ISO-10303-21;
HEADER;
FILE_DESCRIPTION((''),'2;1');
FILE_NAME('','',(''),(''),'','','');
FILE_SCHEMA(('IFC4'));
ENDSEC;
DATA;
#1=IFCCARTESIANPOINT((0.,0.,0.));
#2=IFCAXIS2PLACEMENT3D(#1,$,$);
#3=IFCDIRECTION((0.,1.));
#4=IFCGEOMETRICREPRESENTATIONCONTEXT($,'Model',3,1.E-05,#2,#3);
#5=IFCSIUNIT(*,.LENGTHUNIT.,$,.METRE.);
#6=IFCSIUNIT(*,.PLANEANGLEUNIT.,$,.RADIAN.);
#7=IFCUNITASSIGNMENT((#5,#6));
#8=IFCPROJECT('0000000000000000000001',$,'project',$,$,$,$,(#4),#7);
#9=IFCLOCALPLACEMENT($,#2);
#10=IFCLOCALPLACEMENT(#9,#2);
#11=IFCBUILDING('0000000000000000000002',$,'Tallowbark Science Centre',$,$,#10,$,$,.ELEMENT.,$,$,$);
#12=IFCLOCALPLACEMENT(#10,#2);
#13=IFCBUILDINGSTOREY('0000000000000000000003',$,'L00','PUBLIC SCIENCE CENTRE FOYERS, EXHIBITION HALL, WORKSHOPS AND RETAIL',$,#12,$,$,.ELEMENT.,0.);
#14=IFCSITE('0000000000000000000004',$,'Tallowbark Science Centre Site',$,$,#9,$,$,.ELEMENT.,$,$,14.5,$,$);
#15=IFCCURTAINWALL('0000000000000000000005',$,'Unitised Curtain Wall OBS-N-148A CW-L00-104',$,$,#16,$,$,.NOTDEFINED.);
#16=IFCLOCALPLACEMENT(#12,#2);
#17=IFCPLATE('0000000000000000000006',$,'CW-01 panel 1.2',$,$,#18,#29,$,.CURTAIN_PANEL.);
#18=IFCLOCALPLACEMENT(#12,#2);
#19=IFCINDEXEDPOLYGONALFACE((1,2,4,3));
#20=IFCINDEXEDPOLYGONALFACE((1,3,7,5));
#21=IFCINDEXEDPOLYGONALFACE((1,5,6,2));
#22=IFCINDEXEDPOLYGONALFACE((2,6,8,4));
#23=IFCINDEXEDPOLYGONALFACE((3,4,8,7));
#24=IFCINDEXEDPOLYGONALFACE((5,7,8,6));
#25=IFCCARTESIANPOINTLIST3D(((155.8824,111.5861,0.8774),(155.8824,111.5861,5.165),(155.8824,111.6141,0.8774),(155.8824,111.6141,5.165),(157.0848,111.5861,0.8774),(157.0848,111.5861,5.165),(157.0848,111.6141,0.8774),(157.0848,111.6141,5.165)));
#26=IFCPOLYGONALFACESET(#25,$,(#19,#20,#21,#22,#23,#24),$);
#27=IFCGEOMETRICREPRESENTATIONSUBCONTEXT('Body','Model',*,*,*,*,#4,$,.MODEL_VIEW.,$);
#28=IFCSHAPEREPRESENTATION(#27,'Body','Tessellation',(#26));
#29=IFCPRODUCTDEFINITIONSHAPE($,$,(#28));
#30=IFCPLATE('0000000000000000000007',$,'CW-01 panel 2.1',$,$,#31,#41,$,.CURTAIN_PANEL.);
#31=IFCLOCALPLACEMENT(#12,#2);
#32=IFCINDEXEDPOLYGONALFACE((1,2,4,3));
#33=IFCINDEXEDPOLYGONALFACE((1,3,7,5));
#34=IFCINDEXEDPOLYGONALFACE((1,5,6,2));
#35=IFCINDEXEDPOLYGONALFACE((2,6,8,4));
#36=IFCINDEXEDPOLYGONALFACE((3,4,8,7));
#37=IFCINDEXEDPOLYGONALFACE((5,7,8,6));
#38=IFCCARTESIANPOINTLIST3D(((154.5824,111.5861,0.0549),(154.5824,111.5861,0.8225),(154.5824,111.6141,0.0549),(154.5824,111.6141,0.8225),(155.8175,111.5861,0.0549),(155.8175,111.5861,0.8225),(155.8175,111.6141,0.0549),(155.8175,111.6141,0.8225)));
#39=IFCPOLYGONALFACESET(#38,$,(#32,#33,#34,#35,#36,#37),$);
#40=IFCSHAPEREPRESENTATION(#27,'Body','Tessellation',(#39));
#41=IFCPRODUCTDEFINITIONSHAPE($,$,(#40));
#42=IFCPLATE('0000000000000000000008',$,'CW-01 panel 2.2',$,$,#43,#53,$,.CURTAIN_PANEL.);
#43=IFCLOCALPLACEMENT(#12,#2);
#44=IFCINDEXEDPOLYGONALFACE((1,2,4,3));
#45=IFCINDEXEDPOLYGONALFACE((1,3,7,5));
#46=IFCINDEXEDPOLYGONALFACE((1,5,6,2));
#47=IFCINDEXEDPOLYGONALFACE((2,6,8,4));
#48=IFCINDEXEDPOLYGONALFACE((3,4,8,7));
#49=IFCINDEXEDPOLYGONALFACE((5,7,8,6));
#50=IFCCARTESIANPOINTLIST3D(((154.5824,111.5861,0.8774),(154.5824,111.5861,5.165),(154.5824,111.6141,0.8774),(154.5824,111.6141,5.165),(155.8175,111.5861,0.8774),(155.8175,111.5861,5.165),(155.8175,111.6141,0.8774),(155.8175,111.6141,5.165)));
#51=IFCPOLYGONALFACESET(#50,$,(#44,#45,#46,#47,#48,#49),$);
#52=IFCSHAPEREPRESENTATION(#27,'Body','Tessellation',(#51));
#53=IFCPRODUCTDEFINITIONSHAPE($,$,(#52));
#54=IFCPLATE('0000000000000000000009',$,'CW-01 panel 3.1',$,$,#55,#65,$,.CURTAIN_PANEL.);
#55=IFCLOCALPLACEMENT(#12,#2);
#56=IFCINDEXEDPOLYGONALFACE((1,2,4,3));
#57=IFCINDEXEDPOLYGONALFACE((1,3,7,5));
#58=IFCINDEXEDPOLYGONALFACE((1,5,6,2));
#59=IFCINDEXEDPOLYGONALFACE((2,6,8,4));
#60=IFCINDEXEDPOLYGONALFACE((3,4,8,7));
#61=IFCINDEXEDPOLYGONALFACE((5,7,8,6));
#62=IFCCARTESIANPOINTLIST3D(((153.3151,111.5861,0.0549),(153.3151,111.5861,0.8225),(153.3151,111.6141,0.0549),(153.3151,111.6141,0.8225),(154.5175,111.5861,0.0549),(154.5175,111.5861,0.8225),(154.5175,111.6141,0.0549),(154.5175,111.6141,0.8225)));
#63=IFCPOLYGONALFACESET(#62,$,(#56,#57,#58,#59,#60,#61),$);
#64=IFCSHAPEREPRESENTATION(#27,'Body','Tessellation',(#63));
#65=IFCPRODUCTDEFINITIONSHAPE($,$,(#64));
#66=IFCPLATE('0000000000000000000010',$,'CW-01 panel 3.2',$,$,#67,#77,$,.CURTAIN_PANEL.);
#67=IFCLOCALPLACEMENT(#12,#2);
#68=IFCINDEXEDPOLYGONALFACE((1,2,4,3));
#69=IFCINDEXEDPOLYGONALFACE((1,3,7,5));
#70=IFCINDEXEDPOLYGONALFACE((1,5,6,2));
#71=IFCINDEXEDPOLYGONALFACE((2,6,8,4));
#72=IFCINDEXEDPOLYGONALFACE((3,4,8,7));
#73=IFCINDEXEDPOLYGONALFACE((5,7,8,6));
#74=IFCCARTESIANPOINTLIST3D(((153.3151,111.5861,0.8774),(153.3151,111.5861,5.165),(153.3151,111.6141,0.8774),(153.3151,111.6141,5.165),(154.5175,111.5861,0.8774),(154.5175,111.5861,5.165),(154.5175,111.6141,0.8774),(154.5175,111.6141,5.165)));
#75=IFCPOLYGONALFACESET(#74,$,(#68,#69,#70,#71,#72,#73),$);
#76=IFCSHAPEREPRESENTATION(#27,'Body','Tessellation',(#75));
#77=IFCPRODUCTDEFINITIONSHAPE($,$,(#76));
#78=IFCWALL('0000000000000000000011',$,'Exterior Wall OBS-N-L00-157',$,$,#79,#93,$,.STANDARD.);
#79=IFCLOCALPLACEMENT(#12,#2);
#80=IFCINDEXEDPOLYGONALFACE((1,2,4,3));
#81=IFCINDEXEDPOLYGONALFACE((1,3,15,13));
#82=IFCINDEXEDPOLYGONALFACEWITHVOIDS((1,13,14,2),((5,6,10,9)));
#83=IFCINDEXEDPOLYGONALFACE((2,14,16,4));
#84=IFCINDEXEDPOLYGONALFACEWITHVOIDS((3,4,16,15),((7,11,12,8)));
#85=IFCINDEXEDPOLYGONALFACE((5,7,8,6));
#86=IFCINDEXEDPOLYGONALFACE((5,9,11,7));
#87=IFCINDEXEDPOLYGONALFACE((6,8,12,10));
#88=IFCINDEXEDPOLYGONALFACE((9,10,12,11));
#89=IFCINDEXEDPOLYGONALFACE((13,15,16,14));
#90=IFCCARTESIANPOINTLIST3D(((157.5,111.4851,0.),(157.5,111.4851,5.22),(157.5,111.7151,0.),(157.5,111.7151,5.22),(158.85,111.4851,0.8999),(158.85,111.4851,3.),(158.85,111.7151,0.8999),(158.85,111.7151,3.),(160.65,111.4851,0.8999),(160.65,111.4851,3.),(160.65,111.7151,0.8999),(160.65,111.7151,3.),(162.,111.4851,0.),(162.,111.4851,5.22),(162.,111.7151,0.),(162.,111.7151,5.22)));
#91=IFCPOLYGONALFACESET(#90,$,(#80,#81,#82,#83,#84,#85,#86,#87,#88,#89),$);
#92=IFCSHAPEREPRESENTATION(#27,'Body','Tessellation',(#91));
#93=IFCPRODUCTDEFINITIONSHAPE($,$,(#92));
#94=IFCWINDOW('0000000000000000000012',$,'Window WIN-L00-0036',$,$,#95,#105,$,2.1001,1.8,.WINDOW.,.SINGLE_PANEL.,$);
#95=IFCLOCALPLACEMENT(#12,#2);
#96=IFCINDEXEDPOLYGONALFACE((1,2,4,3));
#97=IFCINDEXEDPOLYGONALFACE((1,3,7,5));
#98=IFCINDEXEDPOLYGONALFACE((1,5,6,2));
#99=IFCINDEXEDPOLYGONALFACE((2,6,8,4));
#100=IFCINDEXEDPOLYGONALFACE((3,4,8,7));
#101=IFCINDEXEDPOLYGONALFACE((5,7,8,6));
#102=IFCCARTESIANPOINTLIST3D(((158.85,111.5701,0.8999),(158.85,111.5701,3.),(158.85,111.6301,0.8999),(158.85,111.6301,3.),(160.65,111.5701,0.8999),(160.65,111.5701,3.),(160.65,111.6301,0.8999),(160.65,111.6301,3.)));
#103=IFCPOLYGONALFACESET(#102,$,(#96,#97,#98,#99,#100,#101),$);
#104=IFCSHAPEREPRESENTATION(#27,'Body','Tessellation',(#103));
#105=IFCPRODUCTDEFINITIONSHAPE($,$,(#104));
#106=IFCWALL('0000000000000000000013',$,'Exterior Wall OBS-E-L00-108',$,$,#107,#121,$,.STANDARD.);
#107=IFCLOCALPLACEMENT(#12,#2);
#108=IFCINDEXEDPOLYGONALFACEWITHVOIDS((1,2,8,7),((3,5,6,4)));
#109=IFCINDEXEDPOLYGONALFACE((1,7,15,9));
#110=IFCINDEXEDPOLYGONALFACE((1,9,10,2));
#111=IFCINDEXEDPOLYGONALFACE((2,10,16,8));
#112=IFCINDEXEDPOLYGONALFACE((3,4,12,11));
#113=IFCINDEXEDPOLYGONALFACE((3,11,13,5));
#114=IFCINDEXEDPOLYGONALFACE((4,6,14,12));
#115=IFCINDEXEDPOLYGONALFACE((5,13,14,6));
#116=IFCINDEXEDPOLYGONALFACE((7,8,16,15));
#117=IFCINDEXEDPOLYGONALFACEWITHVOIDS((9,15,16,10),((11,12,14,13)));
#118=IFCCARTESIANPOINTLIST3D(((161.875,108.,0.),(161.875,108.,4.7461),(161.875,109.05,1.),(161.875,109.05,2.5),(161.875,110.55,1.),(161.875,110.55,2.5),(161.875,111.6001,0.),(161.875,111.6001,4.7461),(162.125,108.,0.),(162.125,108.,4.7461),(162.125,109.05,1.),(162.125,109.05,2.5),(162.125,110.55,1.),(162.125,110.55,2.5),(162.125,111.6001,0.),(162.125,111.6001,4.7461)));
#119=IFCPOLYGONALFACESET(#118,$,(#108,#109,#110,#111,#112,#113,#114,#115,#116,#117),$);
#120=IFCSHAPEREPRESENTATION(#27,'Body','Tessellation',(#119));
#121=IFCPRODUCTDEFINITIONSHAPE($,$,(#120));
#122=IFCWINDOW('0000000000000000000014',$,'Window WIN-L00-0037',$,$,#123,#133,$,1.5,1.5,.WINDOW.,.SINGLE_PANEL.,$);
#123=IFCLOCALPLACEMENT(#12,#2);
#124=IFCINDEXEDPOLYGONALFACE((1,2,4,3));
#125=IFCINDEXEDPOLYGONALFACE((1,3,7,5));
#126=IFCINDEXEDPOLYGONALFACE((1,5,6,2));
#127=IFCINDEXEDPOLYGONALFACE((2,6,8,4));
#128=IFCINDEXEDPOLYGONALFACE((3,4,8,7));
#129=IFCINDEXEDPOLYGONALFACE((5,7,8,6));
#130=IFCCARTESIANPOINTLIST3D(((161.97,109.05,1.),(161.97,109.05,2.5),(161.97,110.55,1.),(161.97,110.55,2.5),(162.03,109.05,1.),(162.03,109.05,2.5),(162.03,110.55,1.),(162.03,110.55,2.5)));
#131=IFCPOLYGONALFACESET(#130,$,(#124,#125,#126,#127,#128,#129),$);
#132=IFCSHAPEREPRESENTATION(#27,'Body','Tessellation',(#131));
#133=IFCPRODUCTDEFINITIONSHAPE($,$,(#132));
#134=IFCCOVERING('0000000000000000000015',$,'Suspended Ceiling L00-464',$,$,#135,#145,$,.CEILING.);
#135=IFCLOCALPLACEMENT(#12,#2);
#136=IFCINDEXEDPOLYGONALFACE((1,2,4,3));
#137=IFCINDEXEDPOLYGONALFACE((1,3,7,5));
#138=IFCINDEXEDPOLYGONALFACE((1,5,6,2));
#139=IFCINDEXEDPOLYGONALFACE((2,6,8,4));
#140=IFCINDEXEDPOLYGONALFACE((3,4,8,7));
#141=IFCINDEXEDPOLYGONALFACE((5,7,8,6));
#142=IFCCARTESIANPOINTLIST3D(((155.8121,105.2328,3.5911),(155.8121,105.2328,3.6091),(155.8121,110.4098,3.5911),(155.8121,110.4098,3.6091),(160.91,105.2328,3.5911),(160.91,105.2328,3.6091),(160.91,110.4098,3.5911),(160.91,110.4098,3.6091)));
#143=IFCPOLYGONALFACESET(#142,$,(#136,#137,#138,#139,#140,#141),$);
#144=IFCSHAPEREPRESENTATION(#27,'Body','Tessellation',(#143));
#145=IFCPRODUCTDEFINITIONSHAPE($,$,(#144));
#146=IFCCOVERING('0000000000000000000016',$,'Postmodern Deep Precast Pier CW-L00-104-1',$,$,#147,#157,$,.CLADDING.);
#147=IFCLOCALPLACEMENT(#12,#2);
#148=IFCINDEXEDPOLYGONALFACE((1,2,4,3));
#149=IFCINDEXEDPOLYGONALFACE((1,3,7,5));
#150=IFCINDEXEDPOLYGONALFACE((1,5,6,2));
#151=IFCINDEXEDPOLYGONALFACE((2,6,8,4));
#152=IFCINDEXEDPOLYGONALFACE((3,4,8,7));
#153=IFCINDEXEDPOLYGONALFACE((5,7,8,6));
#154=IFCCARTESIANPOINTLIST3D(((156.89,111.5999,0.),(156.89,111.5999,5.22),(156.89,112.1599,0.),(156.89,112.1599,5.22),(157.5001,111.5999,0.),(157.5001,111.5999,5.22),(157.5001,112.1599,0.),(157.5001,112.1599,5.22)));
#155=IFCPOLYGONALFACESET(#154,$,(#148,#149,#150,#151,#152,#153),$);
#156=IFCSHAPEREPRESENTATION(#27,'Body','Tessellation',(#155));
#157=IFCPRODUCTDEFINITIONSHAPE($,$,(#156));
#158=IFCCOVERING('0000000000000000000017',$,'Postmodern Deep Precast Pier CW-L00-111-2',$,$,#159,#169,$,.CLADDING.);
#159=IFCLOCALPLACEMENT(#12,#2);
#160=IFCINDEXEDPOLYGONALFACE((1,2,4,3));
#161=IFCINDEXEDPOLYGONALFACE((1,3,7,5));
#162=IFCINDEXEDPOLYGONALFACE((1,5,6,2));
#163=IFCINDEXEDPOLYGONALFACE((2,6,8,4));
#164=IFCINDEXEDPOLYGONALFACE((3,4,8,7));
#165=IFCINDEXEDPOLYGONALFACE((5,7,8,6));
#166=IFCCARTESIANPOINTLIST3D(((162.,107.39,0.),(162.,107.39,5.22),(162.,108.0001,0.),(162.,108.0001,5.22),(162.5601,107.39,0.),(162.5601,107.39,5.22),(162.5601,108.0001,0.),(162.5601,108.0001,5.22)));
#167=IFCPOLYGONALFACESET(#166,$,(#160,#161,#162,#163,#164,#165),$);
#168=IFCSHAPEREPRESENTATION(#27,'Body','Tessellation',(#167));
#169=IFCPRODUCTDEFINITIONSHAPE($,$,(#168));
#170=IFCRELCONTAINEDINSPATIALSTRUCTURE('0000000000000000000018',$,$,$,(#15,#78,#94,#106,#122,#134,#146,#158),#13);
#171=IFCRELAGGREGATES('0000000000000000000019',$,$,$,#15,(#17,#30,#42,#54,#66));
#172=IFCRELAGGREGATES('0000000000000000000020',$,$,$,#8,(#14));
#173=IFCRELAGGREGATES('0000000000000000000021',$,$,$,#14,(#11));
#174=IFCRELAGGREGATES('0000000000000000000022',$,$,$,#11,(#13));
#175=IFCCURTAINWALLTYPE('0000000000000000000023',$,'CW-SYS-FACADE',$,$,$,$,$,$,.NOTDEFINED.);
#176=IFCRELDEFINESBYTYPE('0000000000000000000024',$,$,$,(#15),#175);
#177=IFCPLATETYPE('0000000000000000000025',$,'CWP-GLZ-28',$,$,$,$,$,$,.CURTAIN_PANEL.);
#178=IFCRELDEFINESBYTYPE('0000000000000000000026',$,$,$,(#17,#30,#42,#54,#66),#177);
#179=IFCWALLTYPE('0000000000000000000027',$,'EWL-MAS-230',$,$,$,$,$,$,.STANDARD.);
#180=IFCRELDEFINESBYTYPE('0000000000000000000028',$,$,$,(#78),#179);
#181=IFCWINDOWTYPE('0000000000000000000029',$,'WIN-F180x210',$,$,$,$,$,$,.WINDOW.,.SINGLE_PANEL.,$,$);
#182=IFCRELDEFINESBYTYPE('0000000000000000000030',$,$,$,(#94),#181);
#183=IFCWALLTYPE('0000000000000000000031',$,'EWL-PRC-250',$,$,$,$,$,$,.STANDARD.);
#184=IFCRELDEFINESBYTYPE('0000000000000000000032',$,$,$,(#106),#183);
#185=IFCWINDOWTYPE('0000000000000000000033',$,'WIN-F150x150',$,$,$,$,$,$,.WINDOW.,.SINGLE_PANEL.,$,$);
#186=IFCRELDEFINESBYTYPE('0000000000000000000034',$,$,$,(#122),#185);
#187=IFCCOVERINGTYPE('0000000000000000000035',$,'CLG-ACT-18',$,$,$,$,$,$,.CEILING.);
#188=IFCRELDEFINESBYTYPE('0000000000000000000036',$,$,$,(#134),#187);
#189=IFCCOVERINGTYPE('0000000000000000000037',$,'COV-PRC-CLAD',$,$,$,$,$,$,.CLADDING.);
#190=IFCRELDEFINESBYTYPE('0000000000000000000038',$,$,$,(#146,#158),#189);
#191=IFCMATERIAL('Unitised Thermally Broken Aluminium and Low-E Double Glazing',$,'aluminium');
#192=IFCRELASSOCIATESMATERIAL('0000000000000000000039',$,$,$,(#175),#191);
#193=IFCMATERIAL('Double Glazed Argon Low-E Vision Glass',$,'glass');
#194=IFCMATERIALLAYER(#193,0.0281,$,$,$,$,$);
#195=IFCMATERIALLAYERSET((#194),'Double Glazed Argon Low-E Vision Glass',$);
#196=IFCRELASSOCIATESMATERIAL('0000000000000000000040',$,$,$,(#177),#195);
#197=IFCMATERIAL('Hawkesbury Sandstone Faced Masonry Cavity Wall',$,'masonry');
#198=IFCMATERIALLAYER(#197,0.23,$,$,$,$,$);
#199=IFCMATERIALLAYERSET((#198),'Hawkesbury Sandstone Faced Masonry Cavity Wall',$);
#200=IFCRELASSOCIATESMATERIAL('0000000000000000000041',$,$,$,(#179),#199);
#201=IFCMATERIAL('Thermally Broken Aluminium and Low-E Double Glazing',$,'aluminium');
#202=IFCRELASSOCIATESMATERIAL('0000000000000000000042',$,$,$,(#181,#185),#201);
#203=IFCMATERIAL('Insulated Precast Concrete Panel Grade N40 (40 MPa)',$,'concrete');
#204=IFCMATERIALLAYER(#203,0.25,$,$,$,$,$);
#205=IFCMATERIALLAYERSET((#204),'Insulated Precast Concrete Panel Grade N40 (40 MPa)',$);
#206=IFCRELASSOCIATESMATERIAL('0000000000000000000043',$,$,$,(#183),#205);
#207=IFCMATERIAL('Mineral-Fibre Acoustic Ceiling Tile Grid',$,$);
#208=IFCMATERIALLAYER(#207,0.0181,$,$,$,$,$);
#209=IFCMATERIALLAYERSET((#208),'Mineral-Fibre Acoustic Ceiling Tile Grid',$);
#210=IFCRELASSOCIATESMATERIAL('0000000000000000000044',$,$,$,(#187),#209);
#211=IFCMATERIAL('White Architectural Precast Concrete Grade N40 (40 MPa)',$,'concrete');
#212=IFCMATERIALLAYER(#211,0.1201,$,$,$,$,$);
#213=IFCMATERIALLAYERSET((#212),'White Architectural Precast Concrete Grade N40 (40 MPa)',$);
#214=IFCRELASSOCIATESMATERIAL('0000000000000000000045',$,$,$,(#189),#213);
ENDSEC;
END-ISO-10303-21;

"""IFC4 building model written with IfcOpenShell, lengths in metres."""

from ifc_helpers import new_model, si_unit, direction, frame, frame_2d, origin, origin_2d, place, context, subcontext, project, spatial, rectangle, extrude, material, layer, layer_set, type_object, element, fill, aggregate, save


model = new_model("IFC4")

# Units and contexts
model_context = context("Model", 3, precision=1e-05, world=origin(), true_north=direction((0.0, 1.0)))
body_context = subcontext(model_context, "Body", "Model", "MODEL_VIEW")
ifc_project = project(units=[si_unit("LENGTHUNIT", "METRE"), si_unit("PLANEANGLEUNIT", "RADIAN")], contexts=[model_context])

# Site, building, storey
site_placement = place(None, origin())
site = spatial("IfcSite", under=ifc_project, at=site_placement, Name="Tallowbark Science Centre Site", CompositionType="ELEMENT", RefElevation=14.5)
building_placement = place(site_placement, origin())
building = spatial("IfcBuilding", under=site, at=building_placement, Name="Tallowbark Science Centre", CompositionType="ELEMENT")
storey_placement = place(building_placement, origin())
storey = spatial("IfcBuildingStorey", under=building, at=storey_placement, Name="L00", Description="PUBLIC SCIENCE CENTRE FOYERS, EXHIBITION HALL, WORKSHOPS AND RETAIL", CompositionType="ELEMENT", Elevation=0.0)

# Curtain wall
ifc_material_1 = material(Name="Unitised Thermally Broken Aluminium and Low-E Double Glazing", Category="aluminium")
curtain_wall_type = type_object("IfcCurtainWallType", Name="CW-SYS-FACADE", PredefinedType="NOTDEFINED", material=ifc_material_1)
curtain_wall_placement = place(storey_placement, origin())
curtain_wall = element("IfcCurtainWall", 1, at=curtain_wall_placement, inside=storey, type_object=curtain_wall_type, Name="Unitised Curtain Wall OBS-N-148A CW-L00-104", PredefinedType="NOTDEFINED")

# Plates
ifc_material_2 = material(Name="Double Glazed Argon Low-E Vision Glass", Category="glass")
ifc_layer_1 = layer(ifc_material_2, 0.0281)
ifc_layer_set_1 = layer_set([ifc_layer_1], Name="Double Glazed Argon Low-E Vision Glass")
plate_type = type_object("IfcPlateType", Name="CWP-GLZ-28", PredefinedType="CURTAIN_PANEL", material=ifc_layer_set_1)
plate_1_placement = place(storey_placement, frame((156.4836, 111.6001, 0.8774), z_axis=(0.0, 0.0, 1.0), x_axis=(-1.0, 0.0, 0.0)))
plate_1 = element("IfcPlate", 2, at=plate_1_placement, type_object=plate_type, Name="CW-01 panel 1.2", PredefinedType="CURTAIN_PANEL", context=body_context, shape_type="SweptSolid", body=[
    extrude(rectangle(XDim=1.2024, YDim=0.0281, at=origin_2d()), origin(), (0.0, 0.0, 1.0), 4.2876),
])
plate_2_placement = place(storey_placement, frame((155.2, 111.6001, 0.0549), z_axis=(0.0, 0.0, 1.0), x_axis=(-1.0, 0.0, 0.0)))
plate_2 = element("IfcPlate", 3, at=plate_2_placement, type_object=plate_type, Name="CW-01 panel 2.1", PredefinedType="CURTAIN_PANEL", context=body_context, shape_type="SweptSolid", body=[
    extrude(rectangle(XDim=1.2351, YDim=0.0281, at=origin_2d()), origin(), (0.0, 0.0, 1.0), 0.7676),
])
plate_3_placement = place(storey_placement, frame((155.2, 111.6001, 0.8774), z_axis=(0.0, 0.0, 1.0), x_axis=(-1.0, 0.0, 0.0)))
plate_3 = element("IfcPlate", 4, at=plate_3_placement, type_object=plate_type, Name="CW-01 panel 2.2", PredefinedType="CURTAIN_PANEL", context=body_context, shape_type="SweptSolid", body=[
    extrude(rectangle(XDim=1.2351, YDim=0.0281, at=origin_2d()), origin(), (0.0, 0.0, 1.0), 4.2876),
])
plate_4_placement = place(storey_placement, frame((153.9163, 111.6001, 0.0549), z_axis=(0.0, 0.0, 1.0), x_axis=(-1.0, 0.0, 0.0)))
plate_4 = element("IfcPlate", 5, at=plate_4_placement, type_object=plate_type, Name="CW-01 panel 3.1", PredefinedType="CURTAIN_PANEL", context=body_context, shape_type="SweptSolid", body=[
    extrude(rectangle(XDim=1.2024, YDim=0.0281, at=origin_2d()), origin(), (0.0, 0.0, 1.0), 0.7676),
])
plate_5_placement = place(storey_placement, frame((153.9163, 111.6001, 0.8774), z_axis=(0.0, 0.0, 1.0), x_axis=(-1.0, 0.0, 0.0)))
plate_5 = element("IfcPlate", 6, at=plate_5_placement, type_object=plate_type, Name="CW-01 panel 3.2", PredefinedType="CURTAIN_PANEL", context=body_context, shape_type="SweptSolid", body=[
    extrude(rectangle(XDim=1.2024, YDim=0.0281, at=origin_2d()), origin(), (0.0, 0.0, 1.0), 4.2876),
])
aggregate(curtain_wall, [plate_1, plate_2, plate_3, plate_4, plate_5])

# Walls, openings, windows
ifc_material_3 = material(Name="Hawkesbury Sandstone Faced Masonry Cavity Wall", Category="masonry")
ifc_layer_2 = layer(ifc_material_3, 0.23)
ifc_layer_set_2 = layer_set([ifc_layer_2], Name="Hawkesbury Sandstone Faced Masonry Cavity Wall")
wall_type_1 = type_object("IfcWallType", Name="EWL-MAS-230", PredefinedType="STANDARD", material=ifc_layer_set_2)
wall_1_placement = place(storey_placement, frame((162.0, 111.6001, 0.0), z_axis=(0.0, 0.0, 1.0), x_axis=(-1.0, 0.0, 0.0)))
wall_1 = element("IfcWall", 7, at=wall_1_placement, inside=storey, type_object=wall_type_1, Name="Exterior Wall OBS-N-L00-157", PredefinedType="STANDARD", context=body_context, shape_type="SweptSolid", body=[
    extrude(rectangle(XDim=4.5, YDim=0.23, at=frame_2d((2.25, 0.0))), origin(), (0.0, 0.0, 1.0), 5.22),
])
opening_1_placement = place(wall_1_placement, frame((1.3501, 0.0, 0.8999)))
opening_1 = element("IfcOpeningElement", 8, at=opening_1_placement, cuts=wall_1, PredefinedType="OPENING", context=body_context, shape_type="SweptSolid", body=[
    extrude(rectangle(XDim=1.8, YDim=2.1001, at=frame_2d((0.8999, 1.05))), frame((0.0, 0.125, 0.0), z_axis=(0.0, -1.0, 0.0), x_axis=(1.0, 0.0, 0.0)), (0.0, 0.0, 1.0), 0.25),
])
ifc_material_4 = material(Name="Thermally Broken Aluminium and Low-E Double Glazing", Category="aluminium")
window_type_1 = type_object("IfcWindowType", Name="WIN-F180x210", PartitioningType="SINGLE_PANEL", PredefinedType="WINDOW", material=ifc_material_4)
window_1_placement = place(opening_1_placement, origin())
window_1 = element("IfcWindow", 9, at=window_1_placement, inside=storey, type_object=window_type_1, Name="Window WIN-L00-0036", OverallHeight=2.1001, OverallWidth=1.8, PartitioningType="SINGLE_PANEL", PredefinedType="WINDOW", context=body_context, shape_type="SweptSolid", body=[
    extrude(rectangle(XDim=1.8, YDim=2.1001, at=frame_2d((0.8999, 1.05))), frame((0.0, 0.03, 0.0), z_axis=(0.0, -1.0, 0.0), x_axis=(1.0, 0.0, 0.0)), (0.0, 0.0, 1.0), 0.0601),
])
fill(opening_1, window_1)
ifc_material_5 = material(Name="Insulated Precast Concrete Panel Grade N40 (40 MPa)", Category="concrete")
ifc_layer_3 = layer(ifc_material_5, 0.25)
ifc_layer_set_3 = layer_set([ifc_layer_3], Name="Insulated Precast Concrete Panel Grade N40 (40 MPa)")
wall_type_2 = type_object("IfcWallType", Name="EWL-PRC-250", PredefinedType="STANDARD", material=ifc_layer_set_3)
wall_2_placement = place(storey_placement, frame((162.0, 108.0, 0.0), z_axis=(0.0, 0.0, 1.0), x_axis=(0.0, 1.0, 0.0)))
wall_2 = element("IfcWall", 10, at=wall_2_placement, inside=storey, type_object=wall_type_2, Name="Exterior Wall OBS-E-L00-108", PredefinedType="STANDARD", context=body_context, shape_type="SweptSolid", body=[
    extrude(rectangle(XDim=3.6001, YDim=0.25, at=frame_2d((1.8, 0.0))), origin(), (0.0, 0.0, 1.0), 4.7461),
])
opening_2_placement = place(wall_2_placement, frame((1.05, 0.0, 1.0)))
opening_2 = element("IfcOpeningElement", 11, at=opening_2_placement, cuts=wall_2, PredefinedType="OPENING", context=body_context, shape_type="SweptSolid", body=[
    extrude(rectangle(XDim=1.5, YDim=1.5, at=frame_2d((0.75, 0.75))), frame((0.0, 0.135, 0.0), z_axis=(0.0, -1.0, 0.0), x_axis=(1.0, 0.0, 0.0)), (0.0, 0.0, 1.0), 0.27),
])
window_type_2 = type_object("IfcWindowType", Name="WIN-F150x150", PartitioningType="SINGLE_PANEL", PredefinedType="WINDOW", material=ifc_material_4)
window_2_placement = place(opening_2_placement, origin())
window_2 = element("IfcWindow", 12, at=window_2_placement, inside=storey, type_object=window_type_2, Name="Window WIN-L00-0037", OverallHeight=1.5, OverallWidth=1.5, PartitioningType="SINGLE_PANEL", PredefinedType="WINDOW", context=body_context, shape_type="SweptSolid", body=[
    extrude(rectangle(XDim=1.5, YDim=1.5, at=frame_2d((0.75, 0.75))), frame((0.0, 0.03, 0.0), z_axis=(0.0, -1.0, 0.0), x_axis=(1.0, 0.0, 0.0)), (0.0, 0.0, 1.0), 0.0601),
])
fill(opening_2, window_2)

# Coverings
ifc_material_6 = material(Name="Mineral-Fibre Acoustic Ceiling Tile Grid")
ifc_layer_4 = layer(ifc_material_6, 0.0181)
ifc_layer_set_4 = layer_set([ifc_layer_4], Name="Mineral-Fibre Acoustic Ceiling Tile Grid")
covering_type_1 = type_object("IfcCoveringType", Name="CLG-ACT-18", PredefinedType="CEILING", material=ifc_layer_set_4)
covering_1_placement = place(storey_placement, frame((158.3611, 107.8213, 3.5911), z_axis=(0.0, 0.0, 1.0), x_axis=(1.0, 0.0, 0.0)))
element("IfcCovering", 13, at=covering_1_placement, inside=storey, type_object=covering_type_1, Name="Suspended Ceiling L00-464", PredefinedType="CEILING", context=body_context, shape_type="SweptSolid", body=[
    extrude(rectangle(XDim=5.0979, YDim=5.177, at=origin_2d()), origin(), (0.0, 0.0, 1.0), 0.0181),
])
ifc_material_7 = material(Name="White Architectural Precast Concrete Grade N40 (40 MPa)", Category="concrete")
ifc_layer_5 = layer(ifc_material_7, 0.1201)
ifc_layer_set_5 = layer_set([ifc_layer_5], Name="White Architectural Precast Concrete Grade N40 (40 MPa)")
covering_type_2 = type_object("IfcCoveringType", Name="COV-PRC-CLAD", PredefinedType="CLADDING", material=ifc_layer_set_5)
for number, where, z_axis, x_axis, name in (
    (14, (157.1951, 111.8799, 0.0), (0.0, 0.0, 1.0), (-1.0, 0.0, 0.0), "Postmodern Deep Precast Pier CW-L00-104-1"),
    (15, (162.28, 107.6951, 0.0), (0.0, 0.0, 1.0), (0.0, 1.0, 0.0), "Postmodern Deep Precast Pier CW-L00-111-2"),
):
    element("IfcCovering", number, at=place(storey_placement, frame(where, z_axis=z_axis, x_axis=x_axis)), inside=storey, type_object=covering_type_2, Name=name, PredefinedType="CLADDING", context=body_context, shape_type="SweptSolid", body=[
        extrude(rectangle(XDim=0.6101, YDim=0.5601, at=origin_2d()), origin(), (0.0, 0.0, 1.0), 5.22),
    ])

save(model, "model.ifc")
